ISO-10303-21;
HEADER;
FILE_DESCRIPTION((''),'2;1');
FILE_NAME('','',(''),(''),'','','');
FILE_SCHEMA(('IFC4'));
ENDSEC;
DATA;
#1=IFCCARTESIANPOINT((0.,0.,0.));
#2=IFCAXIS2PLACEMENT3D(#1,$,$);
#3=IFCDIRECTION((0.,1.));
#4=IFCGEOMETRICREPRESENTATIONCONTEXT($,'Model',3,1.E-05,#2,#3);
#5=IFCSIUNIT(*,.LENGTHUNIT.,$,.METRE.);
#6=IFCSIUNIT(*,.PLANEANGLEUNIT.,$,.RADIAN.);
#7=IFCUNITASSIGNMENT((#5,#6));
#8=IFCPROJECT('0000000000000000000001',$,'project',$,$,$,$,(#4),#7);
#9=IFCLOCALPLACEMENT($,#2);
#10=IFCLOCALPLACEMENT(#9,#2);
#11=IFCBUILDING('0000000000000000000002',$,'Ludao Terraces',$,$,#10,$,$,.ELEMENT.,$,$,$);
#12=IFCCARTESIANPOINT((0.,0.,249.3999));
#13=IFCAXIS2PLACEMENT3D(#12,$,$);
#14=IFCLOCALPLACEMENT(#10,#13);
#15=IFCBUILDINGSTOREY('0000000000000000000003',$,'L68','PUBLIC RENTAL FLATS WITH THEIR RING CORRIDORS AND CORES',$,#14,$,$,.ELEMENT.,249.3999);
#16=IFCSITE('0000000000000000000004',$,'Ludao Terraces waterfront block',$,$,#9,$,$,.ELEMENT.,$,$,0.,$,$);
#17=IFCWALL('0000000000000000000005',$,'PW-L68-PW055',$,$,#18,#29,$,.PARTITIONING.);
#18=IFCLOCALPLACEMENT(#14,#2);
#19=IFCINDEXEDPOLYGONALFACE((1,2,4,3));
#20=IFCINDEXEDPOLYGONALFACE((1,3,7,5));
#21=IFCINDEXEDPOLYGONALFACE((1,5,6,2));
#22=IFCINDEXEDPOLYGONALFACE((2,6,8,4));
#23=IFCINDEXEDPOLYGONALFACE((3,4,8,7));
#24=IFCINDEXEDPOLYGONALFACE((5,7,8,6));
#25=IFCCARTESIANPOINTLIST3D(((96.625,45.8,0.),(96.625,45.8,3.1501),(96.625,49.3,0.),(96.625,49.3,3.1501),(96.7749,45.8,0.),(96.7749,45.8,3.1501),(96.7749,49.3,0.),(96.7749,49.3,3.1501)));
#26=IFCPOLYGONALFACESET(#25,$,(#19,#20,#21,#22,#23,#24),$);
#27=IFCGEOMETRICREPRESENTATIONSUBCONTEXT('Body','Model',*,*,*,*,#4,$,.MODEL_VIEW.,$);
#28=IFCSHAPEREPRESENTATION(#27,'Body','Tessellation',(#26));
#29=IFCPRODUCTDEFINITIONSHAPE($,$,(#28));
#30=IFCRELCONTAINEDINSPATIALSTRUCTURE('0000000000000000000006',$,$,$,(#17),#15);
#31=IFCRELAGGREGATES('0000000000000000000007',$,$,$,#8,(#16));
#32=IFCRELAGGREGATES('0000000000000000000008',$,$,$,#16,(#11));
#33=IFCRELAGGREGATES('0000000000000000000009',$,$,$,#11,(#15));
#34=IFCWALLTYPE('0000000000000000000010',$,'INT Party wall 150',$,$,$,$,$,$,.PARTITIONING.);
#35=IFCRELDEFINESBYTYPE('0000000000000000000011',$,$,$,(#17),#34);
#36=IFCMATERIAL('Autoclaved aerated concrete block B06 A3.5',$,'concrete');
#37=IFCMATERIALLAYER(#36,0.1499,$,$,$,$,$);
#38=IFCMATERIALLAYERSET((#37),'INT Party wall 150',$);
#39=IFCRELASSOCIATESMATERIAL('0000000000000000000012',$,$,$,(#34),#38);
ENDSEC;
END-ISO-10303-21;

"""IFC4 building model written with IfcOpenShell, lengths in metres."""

from ifc_helpers import new_model, si_unit, direction, frame, frame_2d, origin, place, context, subcontext, project, spatial, rectangle, extrude, material, layer, layer_set, type_object, element, save


model = new_model("IFC4")

# Units and contexts
model_context = context("Model", 3, precision=1e-05, world=origin(), true_north=direction((0.0, 1.0)))
body_context = subcontext(model_context, "Body", "Model", "MODEL_VIEW")
ifc_project = project(units=[si_unit("LENGTHUNIT", "METRE"), si_unit("PLANEANGLEUNIT", "RADIAN")], contexts=[model_context])

# Site, building, storey
site_placement = place(None, origin())
site = spatial("IfcSite", under=ifc_project, at=site_placement, Name="Ludao Terraces waterfront block", CompositionType="ELEMENT", RefElevation=0.0)
building_placement = place(site_placement, origin())
building = spatial("IfcBuilding", under=site, at=building_placement, Name="Ludao Terraces", CompositionType="ELEMENT")
storey_placement = place(building_placement, frame((0.0, 0.0, 249.3999)))
storey = spatial("IfcBuildingStorey", under=building, at=storey_placement, Name="L68", Description="PUBLIC RENTAL FLATS WITH THEIR RING CORRIDORS AND CORES", CompositionType="ELEMENT", Elevation=249.3999)

# Shared definitions
ifc_material_1 = material(Name="Autoclaved aerated concrete block B06 A3.5", Category="concrete")

# Wall
ifc_layer_1 = layer(ifc_material_1, 0.1499)
ifc_layer_set_1 = layer_set([ifc_layer_1], Name="INT Party wall 150")
wall_type_1 = type_object("IfcWallType", Name="INT Party wall 150", PredefinedType="PARTITIONING", material=ifc_layer_set_1)
wall_1_placement = place(storey_placement, frame((96.7, 45.8, 0.0), z_axis=(0.0, 0.0, 1.0), x_axis=(0.0, 1.0, 0.0)))
element("IfcWall", 1, at=wall_1_placement, inside=storey, type_object=wall_type_1, Name="PW-L68-PW055", PredefinedType="PARTITIONING", context=body_context, shape_type="SweptSolid", body=[
    extrude(rectangle(XDim=3.5, YDim=0.1499, at=frame_2d((1.75, 0.0))), origin(), (0.0, 0.0, 1.0), 3.1501),
])

save(model, "model.ifc")
